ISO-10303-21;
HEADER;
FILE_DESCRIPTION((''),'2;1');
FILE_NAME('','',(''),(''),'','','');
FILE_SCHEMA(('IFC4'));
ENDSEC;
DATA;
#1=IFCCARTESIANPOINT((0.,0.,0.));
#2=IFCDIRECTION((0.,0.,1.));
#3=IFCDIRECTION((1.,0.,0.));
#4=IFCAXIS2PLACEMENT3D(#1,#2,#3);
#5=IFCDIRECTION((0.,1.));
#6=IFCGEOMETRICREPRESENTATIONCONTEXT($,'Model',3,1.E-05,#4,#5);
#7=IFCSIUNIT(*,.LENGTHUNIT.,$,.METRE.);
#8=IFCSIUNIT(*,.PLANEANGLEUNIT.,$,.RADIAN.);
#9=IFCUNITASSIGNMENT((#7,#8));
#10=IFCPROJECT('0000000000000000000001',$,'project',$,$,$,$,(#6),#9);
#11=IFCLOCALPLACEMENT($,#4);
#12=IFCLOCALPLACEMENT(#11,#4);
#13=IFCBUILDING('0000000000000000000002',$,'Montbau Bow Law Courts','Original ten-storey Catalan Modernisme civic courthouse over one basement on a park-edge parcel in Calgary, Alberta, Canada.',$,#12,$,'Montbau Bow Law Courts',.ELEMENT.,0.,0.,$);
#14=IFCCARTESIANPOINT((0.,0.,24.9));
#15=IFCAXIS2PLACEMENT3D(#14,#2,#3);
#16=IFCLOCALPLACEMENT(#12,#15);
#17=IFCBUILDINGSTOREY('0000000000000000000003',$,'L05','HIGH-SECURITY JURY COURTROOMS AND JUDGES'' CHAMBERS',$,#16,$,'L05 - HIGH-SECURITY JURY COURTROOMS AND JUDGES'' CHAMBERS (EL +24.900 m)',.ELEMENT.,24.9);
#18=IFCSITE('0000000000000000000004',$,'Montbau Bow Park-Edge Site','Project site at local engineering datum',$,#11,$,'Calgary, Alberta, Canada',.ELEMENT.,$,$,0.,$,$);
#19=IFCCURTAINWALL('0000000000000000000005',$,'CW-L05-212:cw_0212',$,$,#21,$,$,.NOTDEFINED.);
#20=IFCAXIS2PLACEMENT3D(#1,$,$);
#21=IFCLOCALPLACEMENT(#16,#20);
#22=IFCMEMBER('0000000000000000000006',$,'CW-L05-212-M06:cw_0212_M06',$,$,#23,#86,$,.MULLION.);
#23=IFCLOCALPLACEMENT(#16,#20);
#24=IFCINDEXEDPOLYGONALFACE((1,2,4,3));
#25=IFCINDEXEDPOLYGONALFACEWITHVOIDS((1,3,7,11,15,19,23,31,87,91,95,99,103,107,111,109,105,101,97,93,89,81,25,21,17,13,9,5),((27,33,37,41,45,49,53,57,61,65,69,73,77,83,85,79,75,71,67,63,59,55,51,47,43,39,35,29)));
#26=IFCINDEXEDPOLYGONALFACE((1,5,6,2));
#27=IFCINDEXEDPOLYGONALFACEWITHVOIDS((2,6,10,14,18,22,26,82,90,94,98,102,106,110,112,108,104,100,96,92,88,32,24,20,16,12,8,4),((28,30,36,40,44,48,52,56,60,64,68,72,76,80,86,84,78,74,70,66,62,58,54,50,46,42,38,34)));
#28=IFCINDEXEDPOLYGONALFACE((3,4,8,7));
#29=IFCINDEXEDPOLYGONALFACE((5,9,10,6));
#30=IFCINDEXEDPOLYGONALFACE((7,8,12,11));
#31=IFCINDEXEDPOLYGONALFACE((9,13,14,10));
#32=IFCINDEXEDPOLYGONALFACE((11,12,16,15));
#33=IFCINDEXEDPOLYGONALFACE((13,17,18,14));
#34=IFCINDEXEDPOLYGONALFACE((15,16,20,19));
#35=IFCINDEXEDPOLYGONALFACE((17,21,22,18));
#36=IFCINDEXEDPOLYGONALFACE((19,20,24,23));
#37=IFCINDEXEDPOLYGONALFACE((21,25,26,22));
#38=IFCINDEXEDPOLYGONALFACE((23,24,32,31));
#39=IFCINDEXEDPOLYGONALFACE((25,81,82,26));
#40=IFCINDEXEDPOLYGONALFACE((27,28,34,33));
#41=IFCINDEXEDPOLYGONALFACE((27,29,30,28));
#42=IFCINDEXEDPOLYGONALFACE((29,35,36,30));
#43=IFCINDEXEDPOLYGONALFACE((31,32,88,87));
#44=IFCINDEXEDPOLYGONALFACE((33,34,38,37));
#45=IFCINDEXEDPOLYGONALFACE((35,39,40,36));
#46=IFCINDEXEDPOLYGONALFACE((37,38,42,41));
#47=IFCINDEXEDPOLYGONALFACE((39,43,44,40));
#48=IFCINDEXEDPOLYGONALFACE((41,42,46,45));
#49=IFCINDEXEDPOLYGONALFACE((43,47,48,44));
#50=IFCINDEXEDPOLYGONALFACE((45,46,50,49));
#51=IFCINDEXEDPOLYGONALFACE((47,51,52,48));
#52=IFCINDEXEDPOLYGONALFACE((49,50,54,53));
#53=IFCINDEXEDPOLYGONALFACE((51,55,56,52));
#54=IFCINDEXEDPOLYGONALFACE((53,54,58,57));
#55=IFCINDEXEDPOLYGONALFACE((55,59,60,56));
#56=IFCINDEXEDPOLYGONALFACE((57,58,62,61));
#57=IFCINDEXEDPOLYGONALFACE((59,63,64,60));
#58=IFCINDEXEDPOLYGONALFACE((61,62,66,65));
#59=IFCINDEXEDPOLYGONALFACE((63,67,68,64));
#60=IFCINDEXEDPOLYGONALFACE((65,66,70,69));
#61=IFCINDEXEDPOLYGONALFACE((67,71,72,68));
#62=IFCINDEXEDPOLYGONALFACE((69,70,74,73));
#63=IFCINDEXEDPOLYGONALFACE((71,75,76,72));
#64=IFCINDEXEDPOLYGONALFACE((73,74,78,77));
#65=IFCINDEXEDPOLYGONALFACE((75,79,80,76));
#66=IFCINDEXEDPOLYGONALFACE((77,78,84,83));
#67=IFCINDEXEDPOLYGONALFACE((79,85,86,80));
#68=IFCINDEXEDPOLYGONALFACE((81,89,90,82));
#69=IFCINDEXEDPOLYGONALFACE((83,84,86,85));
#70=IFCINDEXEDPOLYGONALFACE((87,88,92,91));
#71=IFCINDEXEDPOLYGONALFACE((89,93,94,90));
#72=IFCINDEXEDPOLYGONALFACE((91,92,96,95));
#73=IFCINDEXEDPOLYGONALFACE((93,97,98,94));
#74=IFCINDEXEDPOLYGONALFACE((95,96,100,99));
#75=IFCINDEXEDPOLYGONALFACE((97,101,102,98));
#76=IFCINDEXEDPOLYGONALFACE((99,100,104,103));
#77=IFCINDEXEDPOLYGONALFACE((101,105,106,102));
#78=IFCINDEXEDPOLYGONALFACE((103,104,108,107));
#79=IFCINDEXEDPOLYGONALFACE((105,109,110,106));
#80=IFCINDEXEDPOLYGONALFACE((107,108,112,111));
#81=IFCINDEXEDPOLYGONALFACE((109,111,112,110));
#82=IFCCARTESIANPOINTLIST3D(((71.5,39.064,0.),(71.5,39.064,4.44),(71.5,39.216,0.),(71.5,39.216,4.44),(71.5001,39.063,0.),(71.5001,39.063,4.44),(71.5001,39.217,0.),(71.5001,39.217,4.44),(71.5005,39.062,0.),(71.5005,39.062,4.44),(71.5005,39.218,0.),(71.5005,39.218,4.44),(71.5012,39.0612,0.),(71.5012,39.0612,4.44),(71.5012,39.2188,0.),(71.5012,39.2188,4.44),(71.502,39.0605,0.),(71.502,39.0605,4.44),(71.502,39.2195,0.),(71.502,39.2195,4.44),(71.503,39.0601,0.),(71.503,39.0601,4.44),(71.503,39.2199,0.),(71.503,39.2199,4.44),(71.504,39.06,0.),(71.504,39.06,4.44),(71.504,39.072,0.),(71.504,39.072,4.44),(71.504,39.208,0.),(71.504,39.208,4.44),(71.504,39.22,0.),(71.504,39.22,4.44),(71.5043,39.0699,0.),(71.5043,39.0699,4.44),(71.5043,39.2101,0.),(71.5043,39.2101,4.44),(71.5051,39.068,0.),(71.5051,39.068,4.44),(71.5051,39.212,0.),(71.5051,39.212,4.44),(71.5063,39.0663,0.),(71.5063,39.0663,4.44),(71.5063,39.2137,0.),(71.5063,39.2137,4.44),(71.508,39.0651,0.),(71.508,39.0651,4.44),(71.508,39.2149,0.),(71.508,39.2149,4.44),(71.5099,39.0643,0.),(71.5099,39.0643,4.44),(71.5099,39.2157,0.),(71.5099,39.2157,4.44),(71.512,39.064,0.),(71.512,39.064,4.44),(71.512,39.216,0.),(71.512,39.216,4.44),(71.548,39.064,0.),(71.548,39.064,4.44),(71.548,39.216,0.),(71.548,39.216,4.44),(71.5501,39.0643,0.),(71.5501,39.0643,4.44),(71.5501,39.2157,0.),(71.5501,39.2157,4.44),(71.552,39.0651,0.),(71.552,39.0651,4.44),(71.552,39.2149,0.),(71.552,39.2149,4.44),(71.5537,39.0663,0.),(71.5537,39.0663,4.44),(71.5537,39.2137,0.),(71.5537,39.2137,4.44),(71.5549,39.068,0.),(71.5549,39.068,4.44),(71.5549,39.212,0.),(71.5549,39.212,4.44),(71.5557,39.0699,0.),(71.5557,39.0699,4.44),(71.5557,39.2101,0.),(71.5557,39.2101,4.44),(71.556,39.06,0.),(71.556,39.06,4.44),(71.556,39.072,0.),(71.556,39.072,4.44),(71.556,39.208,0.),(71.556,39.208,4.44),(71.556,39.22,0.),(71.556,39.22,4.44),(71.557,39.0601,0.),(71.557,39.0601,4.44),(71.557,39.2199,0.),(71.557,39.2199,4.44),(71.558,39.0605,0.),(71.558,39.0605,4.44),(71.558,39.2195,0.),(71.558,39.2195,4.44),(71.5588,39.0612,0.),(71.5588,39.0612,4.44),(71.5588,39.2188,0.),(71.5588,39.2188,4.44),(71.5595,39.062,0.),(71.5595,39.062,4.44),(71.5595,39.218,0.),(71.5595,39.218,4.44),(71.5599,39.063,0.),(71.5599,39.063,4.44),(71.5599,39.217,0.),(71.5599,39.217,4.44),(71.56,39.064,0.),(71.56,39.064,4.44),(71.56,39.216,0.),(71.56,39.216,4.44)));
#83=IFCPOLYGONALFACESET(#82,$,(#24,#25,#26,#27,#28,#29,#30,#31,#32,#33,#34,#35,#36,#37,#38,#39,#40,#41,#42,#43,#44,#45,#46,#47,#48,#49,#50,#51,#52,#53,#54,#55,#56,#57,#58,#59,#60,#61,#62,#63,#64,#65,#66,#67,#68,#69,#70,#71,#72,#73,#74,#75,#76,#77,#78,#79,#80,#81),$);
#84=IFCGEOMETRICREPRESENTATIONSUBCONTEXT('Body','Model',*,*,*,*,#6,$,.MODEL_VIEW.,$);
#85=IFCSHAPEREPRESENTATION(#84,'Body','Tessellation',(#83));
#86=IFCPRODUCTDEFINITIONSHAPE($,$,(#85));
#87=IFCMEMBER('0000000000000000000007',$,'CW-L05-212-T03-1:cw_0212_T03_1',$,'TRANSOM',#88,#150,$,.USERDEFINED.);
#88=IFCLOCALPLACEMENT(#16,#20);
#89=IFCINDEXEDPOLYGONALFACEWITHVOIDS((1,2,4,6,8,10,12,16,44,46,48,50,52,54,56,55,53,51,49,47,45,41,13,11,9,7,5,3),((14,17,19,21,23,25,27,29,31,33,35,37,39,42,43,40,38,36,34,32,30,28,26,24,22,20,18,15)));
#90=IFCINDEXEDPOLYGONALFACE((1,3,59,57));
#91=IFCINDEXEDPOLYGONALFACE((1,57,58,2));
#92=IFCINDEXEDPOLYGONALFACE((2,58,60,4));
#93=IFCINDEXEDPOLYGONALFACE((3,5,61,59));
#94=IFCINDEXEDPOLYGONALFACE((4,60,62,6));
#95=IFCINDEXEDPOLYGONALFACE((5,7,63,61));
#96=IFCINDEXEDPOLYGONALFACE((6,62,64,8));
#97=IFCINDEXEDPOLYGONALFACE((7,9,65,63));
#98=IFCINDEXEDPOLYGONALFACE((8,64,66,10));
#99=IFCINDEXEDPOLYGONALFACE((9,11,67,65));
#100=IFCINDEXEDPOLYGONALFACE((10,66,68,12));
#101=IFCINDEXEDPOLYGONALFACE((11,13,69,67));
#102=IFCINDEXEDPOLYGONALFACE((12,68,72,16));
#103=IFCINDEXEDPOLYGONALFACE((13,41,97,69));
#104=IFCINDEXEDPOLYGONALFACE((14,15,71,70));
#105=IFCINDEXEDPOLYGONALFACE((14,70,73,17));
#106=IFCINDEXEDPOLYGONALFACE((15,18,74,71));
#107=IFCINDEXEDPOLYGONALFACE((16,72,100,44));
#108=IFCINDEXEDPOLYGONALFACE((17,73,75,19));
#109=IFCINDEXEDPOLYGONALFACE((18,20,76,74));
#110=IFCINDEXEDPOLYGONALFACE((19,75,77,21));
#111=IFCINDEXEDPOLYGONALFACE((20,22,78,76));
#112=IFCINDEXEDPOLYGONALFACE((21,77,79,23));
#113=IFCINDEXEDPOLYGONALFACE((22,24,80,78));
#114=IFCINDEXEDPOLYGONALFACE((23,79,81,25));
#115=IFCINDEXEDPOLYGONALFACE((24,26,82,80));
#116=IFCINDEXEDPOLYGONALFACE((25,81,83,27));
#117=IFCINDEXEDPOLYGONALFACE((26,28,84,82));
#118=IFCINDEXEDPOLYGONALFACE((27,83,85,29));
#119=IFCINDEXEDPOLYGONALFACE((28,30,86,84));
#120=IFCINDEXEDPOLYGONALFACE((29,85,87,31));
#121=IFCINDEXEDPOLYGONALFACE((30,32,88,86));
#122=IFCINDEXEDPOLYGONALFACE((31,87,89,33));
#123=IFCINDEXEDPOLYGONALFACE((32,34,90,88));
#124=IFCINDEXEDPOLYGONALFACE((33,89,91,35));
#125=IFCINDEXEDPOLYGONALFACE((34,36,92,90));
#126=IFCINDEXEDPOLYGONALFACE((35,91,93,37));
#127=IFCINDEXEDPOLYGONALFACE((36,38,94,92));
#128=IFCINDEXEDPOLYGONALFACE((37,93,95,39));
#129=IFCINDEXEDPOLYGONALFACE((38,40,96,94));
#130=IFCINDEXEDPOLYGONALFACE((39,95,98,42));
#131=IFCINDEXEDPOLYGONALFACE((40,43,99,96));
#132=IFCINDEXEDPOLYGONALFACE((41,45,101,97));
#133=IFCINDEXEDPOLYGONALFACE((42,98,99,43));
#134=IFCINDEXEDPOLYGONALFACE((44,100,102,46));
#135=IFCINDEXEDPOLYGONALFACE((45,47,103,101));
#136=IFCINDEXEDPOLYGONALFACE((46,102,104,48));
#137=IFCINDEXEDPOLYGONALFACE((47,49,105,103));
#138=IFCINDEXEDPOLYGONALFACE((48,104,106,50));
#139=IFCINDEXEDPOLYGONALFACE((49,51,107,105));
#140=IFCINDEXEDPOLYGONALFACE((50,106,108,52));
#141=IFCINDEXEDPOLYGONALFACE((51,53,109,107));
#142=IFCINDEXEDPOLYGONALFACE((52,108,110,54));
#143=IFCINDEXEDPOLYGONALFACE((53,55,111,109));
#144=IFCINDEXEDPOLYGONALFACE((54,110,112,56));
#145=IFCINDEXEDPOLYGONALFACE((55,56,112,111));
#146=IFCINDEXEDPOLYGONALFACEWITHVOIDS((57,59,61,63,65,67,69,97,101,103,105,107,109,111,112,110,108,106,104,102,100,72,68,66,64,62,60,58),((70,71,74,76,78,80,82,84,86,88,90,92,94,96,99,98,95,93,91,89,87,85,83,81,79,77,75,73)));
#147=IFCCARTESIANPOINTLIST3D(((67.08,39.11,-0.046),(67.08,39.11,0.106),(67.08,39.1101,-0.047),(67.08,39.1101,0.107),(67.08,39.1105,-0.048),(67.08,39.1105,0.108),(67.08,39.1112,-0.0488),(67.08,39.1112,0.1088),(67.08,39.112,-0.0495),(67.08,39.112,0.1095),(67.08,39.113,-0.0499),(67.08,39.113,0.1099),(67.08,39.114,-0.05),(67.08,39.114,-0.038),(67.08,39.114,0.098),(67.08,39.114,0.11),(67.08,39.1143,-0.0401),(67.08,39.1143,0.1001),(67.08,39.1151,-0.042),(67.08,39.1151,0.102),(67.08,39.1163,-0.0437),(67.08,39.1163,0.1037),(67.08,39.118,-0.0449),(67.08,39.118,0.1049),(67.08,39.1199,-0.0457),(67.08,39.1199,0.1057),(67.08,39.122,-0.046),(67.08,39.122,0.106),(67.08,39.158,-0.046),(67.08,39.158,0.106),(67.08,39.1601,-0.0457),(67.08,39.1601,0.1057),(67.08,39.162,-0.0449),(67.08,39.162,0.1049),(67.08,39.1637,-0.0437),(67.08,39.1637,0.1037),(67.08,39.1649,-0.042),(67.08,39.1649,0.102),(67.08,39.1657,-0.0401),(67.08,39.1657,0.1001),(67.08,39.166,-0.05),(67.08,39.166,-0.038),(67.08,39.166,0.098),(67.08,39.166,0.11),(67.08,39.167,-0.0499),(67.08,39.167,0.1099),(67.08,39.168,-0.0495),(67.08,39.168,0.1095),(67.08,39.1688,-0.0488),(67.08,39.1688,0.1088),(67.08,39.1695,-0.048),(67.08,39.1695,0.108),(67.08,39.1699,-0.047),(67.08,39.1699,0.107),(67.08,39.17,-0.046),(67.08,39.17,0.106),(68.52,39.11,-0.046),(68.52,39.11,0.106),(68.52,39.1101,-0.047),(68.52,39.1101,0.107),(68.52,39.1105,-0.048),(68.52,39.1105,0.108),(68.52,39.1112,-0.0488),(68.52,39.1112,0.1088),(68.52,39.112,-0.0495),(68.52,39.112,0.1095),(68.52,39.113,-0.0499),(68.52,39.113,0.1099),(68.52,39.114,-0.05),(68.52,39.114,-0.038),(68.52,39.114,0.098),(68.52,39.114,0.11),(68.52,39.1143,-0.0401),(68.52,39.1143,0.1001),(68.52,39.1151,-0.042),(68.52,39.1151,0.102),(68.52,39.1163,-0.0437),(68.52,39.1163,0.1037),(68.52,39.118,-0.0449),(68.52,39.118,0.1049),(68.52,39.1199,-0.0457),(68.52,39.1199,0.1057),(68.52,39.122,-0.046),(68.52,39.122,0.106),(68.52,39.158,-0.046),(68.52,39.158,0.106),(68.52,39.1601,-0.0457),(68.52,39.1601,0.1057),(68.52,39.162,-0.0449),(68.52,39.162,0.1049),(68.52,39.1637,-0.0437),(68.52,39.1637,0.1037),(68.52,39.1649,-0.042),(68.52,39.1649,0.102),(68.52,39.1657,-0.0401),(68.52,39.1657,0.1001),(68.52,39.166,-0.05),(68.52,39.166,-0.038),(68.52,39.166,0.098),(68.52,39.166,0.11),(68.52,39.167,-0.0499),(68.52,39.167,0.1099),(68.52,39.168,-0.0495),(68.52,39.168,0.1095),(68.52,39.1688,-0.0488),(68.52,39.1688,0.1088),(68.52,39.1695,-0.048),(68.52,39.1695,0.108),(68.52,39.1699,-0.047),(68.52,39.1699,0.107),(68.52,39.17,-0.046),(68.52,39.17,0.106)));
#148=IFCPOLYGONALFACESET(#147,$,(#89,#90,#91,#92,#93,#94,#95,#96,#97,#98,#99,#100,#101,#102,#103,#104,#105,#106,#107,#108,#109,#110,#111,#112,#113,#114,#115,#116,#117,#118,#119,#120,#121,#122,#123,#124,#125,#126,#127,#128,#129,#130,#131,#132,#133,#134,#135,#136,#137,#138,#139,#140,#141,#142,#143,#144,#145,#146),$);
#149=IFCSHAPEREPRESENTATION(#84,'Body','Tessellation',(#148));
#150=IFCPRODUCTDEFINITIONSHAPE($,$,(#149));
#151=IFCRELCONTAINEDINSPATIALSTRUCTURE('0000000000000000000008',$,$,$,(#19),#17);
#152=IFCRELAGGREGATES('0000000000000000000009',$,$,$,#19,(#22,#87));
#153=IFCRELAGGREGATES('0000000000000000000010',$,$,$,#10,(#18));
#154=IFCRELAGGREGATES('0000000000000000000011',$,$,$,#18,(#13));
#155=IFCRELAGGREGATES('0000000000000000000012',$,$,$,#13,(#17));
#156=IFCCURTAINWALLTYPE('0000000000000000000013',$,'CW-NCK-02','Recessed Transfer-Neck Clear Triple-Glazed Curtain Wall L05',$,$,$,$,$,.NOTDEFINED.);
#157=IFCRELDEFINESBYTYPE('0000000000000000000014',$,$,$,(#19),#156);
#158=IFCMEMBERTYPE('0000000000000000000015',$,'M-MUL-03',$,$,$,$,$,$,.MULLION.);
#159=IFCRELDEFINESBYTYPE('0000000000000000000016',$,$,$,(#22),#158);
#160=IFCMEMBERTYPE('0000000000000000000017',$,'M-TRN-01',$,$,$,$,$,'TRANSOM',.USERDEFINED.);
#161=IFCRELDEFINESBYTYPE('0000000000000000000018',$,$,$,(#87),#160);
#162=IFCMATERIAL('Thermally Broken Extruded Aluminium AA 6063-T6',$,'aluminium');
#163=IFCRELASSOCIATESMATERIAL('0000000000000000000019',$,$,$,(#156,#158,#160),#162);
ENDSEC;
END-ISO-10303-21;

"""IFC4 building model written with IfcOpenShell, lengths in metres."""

from ifc_helpers import new_model, si_unit, direction, frame, origin_with_axes, origin_2d_with_axis, place, context, subcontext, project, spatial, hollow_rectangle, extrude, material, material_profile, profile_set, type_object, element, aggregate, save


model = new_model("IFC4")

# Units and contexts
model_context = context("Model", 3, precision=1e-05, world=origin_with_axes(), true_north=direction((0.0, 1.0)))
body_context = subcontext(model_context, "Body", "Model", "MODEL_VIEW")
ifc_project = project(units=[si_unit("LENGTHUNIT", "METRE"), si_unit("PLANEANGLEUNIT", "RADIAN")], contexts=[model_context])

# Site, building, storey
site_placement = place(None, origin_with_axes())
site = spatial("IfcSite", under=ifc_project, at=site_placement, Name="Montbau Bow Park-Edge Site", Description="Project site at local engineering datum", LongName="Calgary, Alberta, Canada", CompositionType="ELEMENT", RefElevation=0.0)
building_placement = place(site_placement, origin_with_axes())
building = spatial("IfcBuilding", under=site, at=building_placement, Name="Montbau Bow Law Courts", Description="Original ten-storey Catalan Modernisme civic courthouse over one basement on a park-edge parcel in Calgary, Alberta, Canada.", LongName="Montbau Bow Law Courts", CompositionType="ELEMENT", ElevationOfRefHeight=0.0, ElevationOfTerrain=0.0)
storey_placement = place(building_placement, frame((0.0, 0.0, 24.9), z_axis=(0.0, 0.0, 1.0), x_axis=(1.0, 0.0, 0.0)))
storey = spatial("IfcBuildingStorey", under=building, at=storey_placement, Name="L05", Description="HIGH-SECURITY JURY COURTROOMS AND JUDGES' CHAMBERS", LongName="L05 - HIGH-SECURITY JURY COURTROOMS AND JUDGES' CHAMBERS (EL +24.900 m)", CompositionType="ELEMENT", Elevation=24.9)

# Curtain wall, members
ifc_material_1 = material(Name="Thermally Broken Extruded Aluminium AA 6063-T6", Category="aluminium")
curtain_wall_type = type_object("IfcCurtainWallType", Name="CW-NCK-02", Description="Recessed Transfer-Neck Clear Triple-Glazed Curtain Wall L05", PredefinedType="NOTDEFINED", material=ifc_material_1)
curtain_wall_placement = place(None, frame((64.04, 39.14, 24.9), z_axis=(0.0, 0.0, 1.0), x_axis=(1.0, 0.0, 0.0)))
curtain_wall = element("IfcCurtainWall", 1, at=curtain_wall_placement, inside=storey, type_object=curtain_wall_type, Name="CW-L05-212:cw_0212", PredefinedType="NOTDEFINED")
ifc_material_profile_1 = material_profile(ifc_material_1, hollow_rectangle(XDim=0.06, YDim=0.16, WallThickness=0.004, InnerFilletRadius=0.008, OuterFilletRadius=0.004, at=origin_2d_with_axis()), Name="CWM-160X60", Category="Main", Priority=0)
ifc_profile_set_1 = profile_set([ifc_material_profile_1], Name="Thermally Broken Extruded Aluminium AA 6063-T6")
member_type_1 = type_object("IfcMemberType", Name="M-MUL-03", PredefinedType="MULLION", material=ifc_profile_set_1)
member_1_placement = place(None, frame((71.53, 39.14, 24.9), z_axis=(0.0, 0.0, 1.0), x_axis=(1.0, 0.0, 0.0)))
member_1 = element("IfcMember", 2, at=member_1_placement, type_object=member_type_1, Name="CW-L05-212-M06:cw_0212_M06", PredefinedType="MULLION", context=body_context, shape_type="SweptSolid", body=[
    extrude(hollow_rectangle(XDim=0.06, YDim=0.16, WallThickness=0.004, InnerFilletRadius=0.008, OuterFilletRadius=0.004, at=origin_2d_with_axis()), origin_with_axes(), (0.0, 0.0, 1.0), 4.44),
])
ifc_material_profile_2 = material_profile(ifc_material_1, hollow_rectangle(XDim=0.06, YDim=0.16, WallThickness=0.004, InnerFilletRadius=0.008, OuterFilletRadius=0.004, at=origin_2d_with_axis()), Name="CWT-160X60", Category="Main", Priority=0)
ifc_profile_set_2 = profile_set([ifc_material_profile_2], Name="Thermally Broken Extruded Aluminium AA 6063-T6")
member_type_2 = type_object("IfcMemberType", Name="M-TRN-01", ElementType="TRANSOM", PredefinedType="USERDEFINED", material=ifc_profile_set_2)
member_2_placement = place(None, frame((67.08, 39.14, 24.93), z_axis=(1.0, 0.0, 0.0), x_axis=(0.0, 1.0, 0.0)))
member_2 = element("IfcMember", 3, at=member_2_placement, type_object=member_type_2, Name="CW-L05-212-T03-1:cw_0212_T03_1", ObjectType="TRANSOM", PredefinedType="USERDEFINED", context=body_context, shape_type="SweptSolid", body=[
    extrude(hollow_rectangle(XDim=0.06, YDim=0.16, WallThickness=0.004, InnerFilletRadius=0.008, OuterFilletRadius=0.004, at=origin_2d_with_axis()), origin_with_axes(), (0.0, 0.0, 1.0), 1.44),
])
aggregate(curtain_wall, [member_1, member_2])

save(model, "model.ifc")
